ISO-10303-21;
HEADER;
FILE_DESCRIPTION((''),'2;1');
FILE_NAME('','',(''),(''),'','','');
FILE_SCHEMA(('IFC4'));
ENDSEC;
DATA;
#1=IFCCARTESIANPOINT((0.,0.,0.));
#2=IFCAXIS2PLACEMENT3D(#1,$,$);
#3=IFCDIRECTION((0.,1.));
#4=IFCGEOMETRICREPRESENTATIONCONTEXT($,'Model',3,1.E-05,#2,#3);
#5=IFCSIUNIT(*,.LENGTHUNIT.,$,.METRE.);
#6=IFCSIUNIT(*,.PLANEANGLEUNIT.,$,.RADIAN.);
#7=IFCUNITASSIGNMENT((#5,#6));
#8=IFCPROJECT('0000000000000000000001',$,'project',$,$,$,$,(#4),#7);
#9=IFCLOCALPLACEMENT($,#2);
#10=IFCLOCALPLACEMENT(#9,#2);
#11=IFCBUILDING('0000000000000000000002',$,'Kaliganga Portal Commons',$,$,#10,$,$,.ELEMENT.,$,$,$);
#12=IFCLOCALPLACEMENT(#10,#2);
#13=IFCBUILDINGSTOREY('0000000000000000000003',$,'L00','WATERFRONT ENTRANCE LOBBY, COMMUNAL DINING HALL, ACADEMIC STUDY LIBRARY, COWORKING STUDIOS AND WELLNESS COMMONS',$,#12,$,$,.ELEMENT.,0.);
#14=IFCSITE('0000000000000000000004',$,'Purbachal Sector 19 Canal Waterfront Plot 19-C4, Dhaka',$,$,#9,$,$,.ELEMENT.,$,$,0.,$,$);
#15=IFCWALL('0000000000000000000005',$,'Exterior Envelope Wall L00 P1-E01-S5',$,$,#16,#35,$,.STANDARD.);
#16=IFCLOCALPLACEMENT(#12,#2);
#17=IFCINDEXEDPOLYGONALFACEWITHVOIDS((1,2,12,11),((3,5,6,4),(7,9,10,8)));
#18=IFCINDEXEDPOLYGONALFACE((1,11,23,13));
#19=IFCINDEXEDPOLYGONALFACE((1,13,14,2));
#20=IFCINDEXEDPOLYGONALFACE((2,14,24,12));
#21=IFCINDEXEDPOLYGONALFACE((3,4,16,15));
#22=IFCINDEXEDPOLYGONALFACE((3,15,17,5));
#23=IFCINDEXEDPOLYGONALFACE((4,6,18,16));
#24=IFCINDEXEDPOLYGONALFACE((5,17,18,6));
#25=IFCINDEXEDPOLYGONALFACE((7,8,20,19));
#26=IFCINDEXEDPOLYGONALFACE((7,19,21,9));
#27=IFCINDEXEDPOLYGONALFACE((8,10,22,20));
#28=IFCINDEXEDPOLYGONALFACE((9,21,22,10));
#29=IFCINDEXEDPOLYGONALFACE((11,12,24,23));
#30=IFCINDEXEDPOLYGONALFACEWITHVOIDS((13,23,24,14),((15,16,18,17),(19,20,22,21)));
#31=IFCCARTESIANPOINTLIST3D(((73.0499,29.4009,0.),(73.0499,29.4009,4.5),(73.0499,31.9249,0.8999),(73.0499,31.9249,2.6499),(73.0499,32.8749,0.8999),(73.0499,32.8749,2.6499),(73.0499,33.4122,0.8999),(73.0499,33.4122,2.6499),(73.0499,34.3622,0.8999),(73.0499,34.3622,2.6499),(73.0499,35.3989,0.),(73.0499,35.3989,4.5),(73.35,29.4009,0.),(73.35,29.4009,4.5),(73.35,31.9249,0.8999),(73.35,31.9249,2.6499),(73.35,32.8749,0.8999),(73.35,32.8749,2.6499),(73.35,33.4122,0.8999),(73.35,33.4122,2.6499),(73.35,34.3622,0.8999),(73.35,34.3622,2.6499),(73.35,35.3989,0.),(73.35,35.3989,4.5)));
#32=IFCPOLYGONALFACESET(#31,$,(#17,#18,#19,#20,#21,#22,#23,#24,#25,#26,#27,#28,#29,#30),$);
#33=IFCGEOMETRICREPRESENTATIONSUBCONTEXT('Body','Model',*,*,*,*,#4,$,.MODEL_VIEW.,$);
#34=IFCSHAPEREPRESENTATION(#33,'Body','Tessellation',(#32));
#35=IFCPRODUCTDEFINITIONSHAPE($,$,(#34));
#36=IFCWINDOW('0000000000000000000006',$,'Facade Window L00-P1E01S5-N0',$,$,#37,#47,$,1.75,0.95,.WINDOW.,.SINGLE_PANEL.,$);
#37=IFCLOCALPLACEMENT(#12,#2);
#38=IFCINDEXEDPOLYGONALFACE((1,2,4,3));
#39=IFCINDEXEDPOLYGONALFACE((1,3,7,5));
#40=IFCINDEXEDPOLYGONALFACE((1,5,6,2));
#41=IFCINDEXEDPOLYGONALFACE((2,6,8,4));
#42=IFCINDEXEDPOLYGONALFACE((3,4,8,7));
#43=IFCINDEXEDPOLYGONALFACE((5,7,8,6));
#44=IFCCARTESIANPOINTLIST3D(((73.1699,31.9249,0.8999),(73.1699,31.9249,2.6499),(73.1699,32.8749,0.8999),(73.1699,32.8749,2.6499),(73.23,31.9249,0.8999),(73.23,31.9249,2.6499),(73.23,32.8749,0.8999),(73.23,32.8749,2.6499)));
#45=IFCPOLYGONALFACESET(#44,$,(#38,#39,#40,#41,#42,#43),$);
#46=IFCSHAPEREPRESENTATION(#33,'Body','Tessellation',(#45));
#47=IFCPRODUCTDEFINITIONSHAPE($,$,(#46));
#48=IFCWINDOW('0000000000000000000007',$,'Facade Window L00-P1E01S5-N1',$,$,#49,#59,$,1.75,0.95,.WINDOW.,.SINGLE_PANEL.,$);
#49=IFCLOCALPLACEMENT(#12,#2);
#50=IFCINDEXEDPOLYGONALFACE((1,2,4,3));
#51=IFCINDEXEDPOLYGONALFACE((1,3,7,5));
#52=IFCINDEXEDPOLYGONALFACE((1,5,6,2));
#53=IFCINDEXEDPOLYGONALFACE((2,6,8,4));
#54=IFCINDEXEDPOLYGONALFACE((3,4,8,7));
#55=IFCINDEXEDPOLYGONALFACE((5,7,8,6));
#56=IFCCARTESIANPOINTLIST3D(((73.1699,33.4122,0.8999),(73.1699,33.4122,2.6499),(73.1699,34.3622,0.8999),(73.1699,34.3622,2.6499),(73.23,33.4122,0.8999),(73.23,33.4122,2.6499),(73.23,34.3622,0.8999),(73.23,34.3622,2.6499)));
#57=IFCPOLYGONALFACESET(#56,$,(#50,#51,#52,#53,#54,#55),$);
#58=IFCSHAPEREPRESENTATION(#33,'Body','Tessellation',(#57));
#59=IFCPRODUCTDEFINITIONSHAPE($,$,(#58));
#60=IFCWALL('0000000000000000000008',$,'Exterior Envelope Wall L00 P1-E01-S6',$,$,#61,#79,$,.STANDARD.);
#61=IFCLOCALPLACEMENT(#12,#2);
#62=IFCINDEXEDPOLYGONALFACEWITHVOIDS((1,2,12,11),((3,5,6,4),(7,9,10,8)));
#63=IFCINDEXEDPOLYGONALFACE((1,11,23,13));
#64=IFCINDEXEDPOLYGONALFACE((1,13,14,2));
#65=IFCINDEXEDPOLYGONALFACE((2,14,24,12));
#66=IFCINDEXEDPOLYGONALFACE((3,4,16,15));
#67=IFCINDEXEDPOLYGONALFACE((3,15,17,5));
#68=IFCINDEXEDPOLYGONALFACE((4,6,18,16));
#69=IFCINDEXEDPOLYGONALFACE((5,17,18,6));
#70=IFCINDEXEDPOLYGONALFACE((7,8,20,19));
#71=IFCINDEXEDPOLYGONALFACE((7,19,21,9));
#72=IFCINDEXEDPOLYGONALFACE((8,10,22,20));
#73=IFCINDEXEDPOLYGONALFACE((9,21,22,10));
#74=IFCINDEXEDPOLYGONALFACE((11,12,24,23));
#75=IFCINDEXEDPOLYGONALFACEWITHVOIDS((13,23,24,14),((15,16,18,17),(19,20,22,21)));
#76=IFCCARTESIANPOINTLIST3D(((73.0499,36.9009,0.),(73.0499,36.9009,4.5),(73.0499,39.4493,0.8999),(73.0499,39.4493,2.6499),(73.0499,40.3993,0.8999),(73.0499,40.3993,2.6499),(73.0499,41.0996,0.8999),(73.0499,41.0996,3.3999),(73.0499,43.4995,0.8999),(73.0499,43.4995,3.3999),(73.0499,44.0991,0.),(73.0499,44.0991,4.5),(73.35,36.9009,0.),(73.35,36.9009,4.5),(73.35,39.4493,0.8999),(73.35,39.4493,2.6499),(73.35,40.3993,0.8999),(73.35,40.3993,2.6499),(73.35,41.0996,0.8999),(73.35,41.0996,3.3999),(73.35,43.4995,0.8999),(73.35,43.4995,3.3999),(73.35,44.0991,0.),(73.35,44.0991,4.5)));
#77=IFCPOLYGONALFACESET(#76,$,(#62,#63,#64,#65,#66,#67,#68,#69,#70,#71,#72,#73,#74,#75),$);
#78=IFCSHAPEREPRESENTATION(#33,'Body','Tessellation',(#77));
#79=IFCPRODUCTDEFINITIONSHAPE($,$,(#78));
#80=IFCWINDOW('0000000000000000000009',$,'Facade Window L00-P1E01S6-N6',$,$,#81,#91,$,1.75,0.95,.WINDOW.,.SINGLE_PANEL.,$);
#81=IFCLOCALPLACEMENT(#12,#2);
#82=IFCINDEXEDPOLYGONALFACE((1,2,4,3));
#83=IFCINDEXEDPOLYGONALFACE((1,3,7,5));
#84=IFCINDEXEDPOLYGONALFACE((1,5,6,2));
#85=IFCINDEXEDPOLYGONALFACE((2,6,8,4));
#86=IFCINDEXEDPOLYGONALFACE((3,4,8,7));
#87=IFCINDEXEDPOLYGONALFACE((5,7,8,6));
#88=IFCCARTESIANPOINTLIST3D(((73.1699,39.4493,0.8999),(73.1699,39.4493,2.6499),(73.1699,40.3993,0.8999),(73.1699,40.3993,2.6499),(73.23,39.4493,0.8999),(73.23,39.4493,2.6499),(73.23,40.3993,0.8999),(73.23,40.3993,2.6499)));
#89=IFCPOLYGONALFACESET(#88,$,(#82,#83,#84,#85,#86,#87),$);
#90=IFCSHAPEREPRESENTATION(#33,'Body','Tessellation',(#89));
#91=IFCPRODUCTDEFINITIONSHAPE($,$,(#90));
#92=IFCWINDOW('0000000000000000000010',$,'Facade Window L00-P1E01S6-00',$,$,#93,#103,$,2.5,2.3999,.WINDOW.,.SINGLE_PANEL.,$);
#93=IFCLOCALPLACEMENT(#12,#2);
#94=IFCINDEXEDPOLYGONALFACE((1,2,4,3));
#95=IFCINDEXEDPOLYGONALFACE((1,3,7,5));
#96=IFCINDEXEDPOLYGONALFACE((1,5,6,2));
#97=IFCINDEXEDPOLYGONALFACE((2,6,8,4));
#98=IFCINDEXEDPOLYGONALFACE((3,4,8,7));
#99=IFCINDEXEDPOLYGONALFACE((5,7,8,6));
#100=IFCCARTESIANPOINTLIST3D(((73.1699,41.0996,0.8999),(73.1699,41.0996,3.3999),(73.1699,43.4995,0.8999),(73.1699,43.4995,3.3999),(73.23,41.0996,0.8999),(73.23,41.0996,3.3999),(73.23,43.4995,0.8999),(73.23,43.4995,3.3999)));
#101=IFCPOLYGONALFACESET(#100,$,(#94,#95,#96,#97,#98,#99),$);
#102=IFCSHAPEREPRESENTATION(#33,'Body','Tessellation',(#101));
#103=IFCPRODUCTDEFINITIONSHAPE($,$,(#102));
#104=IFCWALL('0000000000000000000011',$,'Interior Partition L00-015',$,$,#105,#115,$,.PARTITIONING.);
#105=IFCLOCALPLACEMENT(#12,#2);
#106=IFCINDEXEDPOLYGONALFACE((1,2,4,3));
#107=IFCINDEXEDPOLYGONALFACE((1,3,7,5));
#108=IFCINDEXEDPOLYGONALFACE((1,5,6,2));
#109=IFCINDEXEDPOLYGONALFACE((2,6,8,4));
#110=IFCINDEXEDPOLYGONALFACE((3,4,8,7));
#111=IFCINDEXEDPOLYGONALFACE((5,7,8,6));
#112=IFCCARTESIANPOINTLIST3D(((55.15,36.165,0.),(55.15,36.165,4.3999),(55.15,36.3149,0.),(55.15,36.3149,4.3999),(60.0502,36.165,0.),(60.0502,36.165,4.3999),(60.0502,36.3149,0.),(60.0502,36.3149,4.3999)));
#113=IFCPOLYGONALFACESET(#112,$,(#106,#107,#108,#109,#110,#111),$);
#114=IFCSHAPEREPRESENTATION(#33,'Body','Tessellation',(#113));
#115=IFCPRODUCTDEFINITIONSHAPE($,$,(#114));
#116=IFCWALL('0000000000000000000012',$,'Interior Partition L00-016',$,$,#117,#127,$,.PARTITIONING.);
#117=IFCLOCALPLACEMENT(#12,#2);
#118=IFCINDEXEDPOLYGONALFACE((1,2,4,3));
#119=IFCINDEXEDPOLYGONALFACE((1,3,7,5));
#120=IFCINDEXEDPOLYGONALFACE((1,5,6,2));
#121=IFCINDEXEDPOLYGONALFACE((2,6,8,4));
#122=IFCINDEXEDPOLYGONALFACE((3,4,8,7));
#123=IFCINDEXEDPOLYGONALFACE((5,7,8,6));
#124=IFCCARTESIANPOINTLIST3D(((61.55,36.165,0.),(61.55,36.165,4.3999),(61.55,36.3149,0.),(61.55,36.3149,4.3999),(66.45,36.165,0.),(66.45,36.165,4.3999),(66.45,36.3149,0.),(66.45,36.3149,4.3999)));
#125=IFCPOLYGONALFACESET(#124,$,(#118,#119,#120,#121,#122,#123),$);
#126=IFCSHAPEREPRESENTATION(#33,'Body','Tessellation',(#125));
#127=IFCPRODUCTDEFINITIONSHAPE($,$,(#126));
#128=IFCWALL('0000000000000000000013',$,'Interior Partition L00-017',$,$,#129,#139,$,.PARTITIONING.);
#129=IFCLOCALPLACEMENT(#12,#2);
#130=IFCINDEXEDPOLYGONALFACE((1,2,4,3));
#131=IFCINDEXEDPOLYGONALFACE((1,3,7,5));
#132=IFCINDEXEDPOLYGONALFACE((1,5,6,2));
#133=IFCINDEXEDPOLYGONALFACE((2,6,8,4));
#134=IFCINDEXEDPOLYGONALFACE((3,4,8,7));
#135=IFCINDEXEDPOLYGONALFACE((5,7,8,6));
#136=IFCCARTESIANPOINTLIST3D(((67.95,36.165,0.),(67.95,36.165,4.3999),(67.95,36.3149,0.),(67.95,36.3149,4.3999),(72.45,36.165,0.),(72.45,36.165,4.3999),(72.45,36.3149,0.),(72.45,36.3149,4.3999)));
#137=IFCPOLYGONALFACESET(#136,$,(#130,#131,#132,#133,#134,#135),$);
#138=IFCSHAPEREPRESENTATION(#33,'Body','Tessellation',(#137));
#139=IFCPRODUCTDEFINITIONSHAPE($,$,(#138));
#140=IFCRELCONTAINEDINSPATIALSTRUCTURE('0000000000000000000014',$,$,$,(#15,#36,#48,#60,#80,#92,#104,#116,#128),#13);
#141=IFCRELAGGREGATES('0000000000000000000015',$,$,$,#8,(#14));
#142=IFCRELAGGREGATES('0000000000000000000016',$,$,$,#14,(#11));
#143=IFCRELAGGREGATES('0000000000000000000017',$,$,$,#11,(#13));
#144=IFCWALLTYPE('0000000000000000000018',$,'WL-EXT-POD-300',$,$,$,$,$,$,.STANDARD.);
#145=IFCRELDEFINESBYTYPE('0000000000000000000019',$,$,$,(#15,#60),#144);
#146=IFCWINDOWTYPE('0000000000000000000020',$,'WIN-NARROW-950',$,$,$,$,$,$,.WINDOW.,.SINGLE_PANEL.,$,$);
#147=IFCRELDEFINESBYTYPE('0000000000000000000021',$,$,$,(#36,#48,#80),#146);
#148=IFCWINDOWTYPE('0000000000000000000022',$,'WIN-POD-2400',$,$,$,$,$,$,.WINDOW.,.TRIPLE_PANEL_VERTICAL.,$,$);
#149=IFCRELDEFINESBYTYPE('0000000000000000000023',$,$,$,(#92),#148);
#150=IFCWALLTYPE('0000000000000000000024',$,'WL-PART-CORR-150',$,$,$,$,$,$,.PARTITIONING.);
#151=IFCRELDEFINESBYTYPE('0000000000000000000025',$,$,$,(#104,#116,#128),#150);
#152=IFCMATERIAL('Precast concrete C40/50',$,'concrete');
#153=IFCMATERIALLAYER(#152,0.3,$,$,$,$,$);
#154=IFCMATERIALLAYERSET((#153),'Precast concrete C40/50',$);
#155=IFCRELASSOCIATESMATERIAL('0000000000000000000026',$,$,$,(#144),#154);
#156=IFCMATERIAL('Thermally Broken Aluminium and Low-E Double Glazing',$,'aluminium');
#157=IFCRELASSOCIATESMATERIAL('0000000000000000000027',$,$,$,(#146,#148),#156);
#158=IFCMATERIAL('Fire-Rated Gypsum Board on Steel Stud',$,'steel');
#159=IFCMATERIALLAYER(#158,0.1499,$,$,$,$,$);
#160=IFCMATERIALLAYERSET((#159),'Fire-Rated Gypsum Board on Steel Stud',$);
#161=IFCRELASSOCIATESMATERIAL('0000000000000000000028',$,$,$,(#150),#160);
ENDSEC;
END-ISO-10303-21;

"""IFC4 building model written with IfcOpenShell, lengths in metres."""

from ifc_helpers import new_model, si_unit, direction, frame, frame_2d, origin, place, context, subcontext, project, spatial, rectangle, extrude, material, layer, layer_set, type_object, element, fill, save


model = new_model("IFC4")

# Units and contexts
model_context = context("Model", 3, precision=1e-05, world=origin(), true_north=direction((0.0, 1.0)))
body_context = subcontext(model_context, "Body", "Model", "MODEL_VIEW")
ifc_project = project(units=[si_unit("LENGTHUNIT", "METRE"), si_unit("PLANEANGLEUNIT", "RADIAN")], contexts=[model_context])

# Site, building, storey
site_placement = place(None, origin())
site = spatial("IfcSite", under=ifc_project, at=site_placement, Name="Purbachal Sector 19 Canal Waterfront Plot 19-C4, Dhaka", CompositionType="ELEMENT", RefElevation=0.0)
building_placement = place(site_placement, origin())
building = spatial("IfcBuilding", under=site, at=building_placement, Name="Kaliganga Portal Commons", CompositionType="ELEMENT")
storey_placement = place(building_placement, origin())
storey = spatial("IfcBuildingStorey", under=building, at=storey_placement, Name="L00", Description="WATERFRONT ENTRANCE LOBBY, COMMUNAL DINING HALL, ACADEMIC STUDY LIBRARY, COWORKING STUDIOS AND WELLNESS COMMONS", CompositionType="ELEMENT", Elevation=0.0)

# Walls, openings, windows
ifc_material_1 = material(Name="Precast concrete C40/50", Category="concrete")
ifc_layer_1 = layer(ifc_material_1, 0.3)
ifc_layer_set_1 = layer_set([ifc_layer_1], Name="Precast concrete C40/50")
wall_type_1 = type_object("IfcWallType", Name="WL-EXT-POD-300", PredefinedType="STANDARD", material=ifc_layer_set_1)
wall_1_placement = place(storey_placement, frame((73.2, 35.3989, 0.0), z_axis=(0.0, 0.0, 1.0), x_axis=(0.0, -1.0, 0.0)))
wall_1 = element("IfcWall", 1, at=wall_1_placement, inside=storey, type_object=wall_type_1, Name="Exterior Envelope Wall L00 P1-E01-S5", PredefinedType="STANDARD", context=body_context, shape_type="SweptSolid", body=[
    extrude(rectangle(XDim=5.998, YDim=0.3, at=frame_2d((2.999, 0.0))), origin(), (0.0, 0.0, 1.0), 4.5),
])
opening_1_placement = place(wall_1_placement, frame((2.5239, 0.0, 0.8999)))
opening_1 = element("IfcOpeningElement", 2, at=opening_1_placement, cuts=wall_1, PredefinedType="OPENING", context=body_context, shape_type="SweptSolid", body=[
    extrude(rectangle(XDim=0.95, YDim=1.75, at=frame_2d((0.4751, 0.875))), frame((0.0, 0.1602, 0.0), z_axis=(0.0, -1.0, 0.0), x_axis=(1.0, 0.0, 0.0)), (0.0, 0.0, 1.0), 0.3201),
])
opening_2_placement = place(wall_1_placement, frame((1.0366, 0.0, 0.8999)))
opening_2 = element("IfcOpeningElement", 3, at=opening_2_placement, cuts=wall_1, PredefinedType="OPENING", context=body_context, shape_type="SweptSolid", body=[
    extrude(rectangle(XDim=0.95, YDim=1.75, at=frame_2d((0.4751, 0.875))), frame((0.0, 0.1602, 0.0), z_axis=(0.0, -1.0, 0.0), x_axis=(1.0, 0.0, 0.0)), (0.0, 0.0, 1.0), 0.3201),
])
ifc_material_2 = material(Name="Thermally Broken Aluminium and Low-E Double Glazing", Category="aluminium")
window_type_1 = type_object("IfcWindowType", Name="WIN-NARROW-950", PartitioningType="SINGLE_PANEL", PredefinedType="WINDOW", material=ifc_material_2)
window_1_placement = place(opening_1_placement, origin())
window_1 = element("IfcWindow", 4, at=window_1_placement, inside=storey, type_object=window_type_1, Name="Facade Window L00-P1E01S5-N0", OverallHeight=1.75, OverallWidth=0.95, PartitioningType="SINGLE_PANEL", PredefinedType="WINDOW", context=body_context, shape_type="SweptSolid", body=[
    extrude(rectangle(XDim=0.95, YDim=1.75, at=frame_2d((0.4751, 0.875))), frame((0.0, 0.03, 0.0), z_axis=(0.0, -1.0, 0.0), x_axis=(1.0, 0.0, 0.0)), (0.0, 0.0, 1.0), 0.0601),
])
fill(opening_1, window_1)
window_2_placement = place(opening_2_placement, origin())
window_2 = element("IfcWindow", 5, at=window_2_placement, inside=storey, type_object=window_type_1, Name="Facade Window L00-P1E01S5-N1", OverallHeight=1.75, OverallWidth=0.95, PartitioningType="SINGLE_PANEL", PredefinedType="WINDOW", context=body_context, shape_type="SweptSolid", body=[
    extrude(rectangle(XDim=0.95, YDim=1.75, at=frame_2d((0.4751, 0.875))), frame((0.0, 0.03, 0.0), z_axis=(0.0, -1.0, 0.0), x_axis=(1.0, 0.0, 0.0)), (0.0, 0.0, 1.0), 0.0601),
])
fill(opening_2, window_2)
wall_2_placement = place(storey_placement, frame((73.2, 44.0991, 0.0), z_axis=(0.0, 0.0, 1.0), x_axis=(0.0, -1.0, 0.0)))
wall_2 = element("IfcWall", 6, at=wall_2_placement, inside=storey, type_object=wall_type_1, Name="Exterior Envelope Wall L00 P1-E01-S6", PredefinedType="STANDARD", context=body_context, shape_type="SweptSolid", body=[
    extrude(rectangle(XDim=7.1982, YDim=0.3, at=frame_2d((3.5991, 0.0))), origin(), (0.0, 0.0, 1.0), 4.5),
])
opening_3_placement = place(wall_2_placement, frame((0.5996, 0.0, 0.8999)))
opening_3 = element("IfcOpeningElement", 7, at=opening_3_placement, cuts=wall_2, PredefinedType="OPENING", context=body_context, shape_type="SweptSolid", body=[
    extrude(rectangle(XDim=2.3999, YDim=2.5, at=frame_2d((1.2, 1.25))), frame((0.0, 0.1602, 0.0), z_axis=(0.0, -1.0, 0.0), x_axis=(1.0, 0.0, 0.0)), (0.0, 0.0, 1.0), 0.3201),
])
opening_4_placement = place(wall_2_placement, frame((3.6997, 0.0, 0.8999)))
opening_4 = element("IfcOpeningElement", 8, at=opening_4_placement, cuts=wall_2, PredefinedType="OPENING", context=body_context, shape_type="SweptSolid", body=[
    extrude(rectangle(XDim=0.95, YDim=1.75, at=frame_2d((0.4751, 0.875))), frame((0.0, 0.1602, 0.0), z_axis=(0.0, -1.0, 0.0), x_axis=(1.0, 0.0, 0.0)), (0.0, 0.0, 1.0), 0.3201),
])
window_3_placement = place(opening_4_placement, origin())
window_3 = element("IfcWindow", 9, at=window_3_placement, inside=storey, type_object=window_type_1, Name="Facade Window L00-P1E01S6-N6", OverallHeight=1.75, OverallWidth=0.95, PartitioningType="SINGLE_PANEL", PredefinedType="WINDOW", context=body_context, shape_type="SweptSolid", body=[
    extrude(rectangle(XDim=0.95, YDim=1.75, at=frame_2d((0.4751, 0.875))), frame((0.0, 0.03, 0.0), z_axis=(0.0, -1.0, 0.0), x_axis=(1.0, 0.0, 0.0)), (0.0, 0.0, 1.0), 0.0601),
])
fill(opening_4, window_3)
window_type_2 = type_object("IfcWindowType", Name="WIN-POD-2400", PartitioningType="TRIPLE_PANEL_VERTICAL", PredefinedType="WINDOW", material=ifc_material_2)
window_4_placement = place(opening_3_placement, origin())
window_4 = element("IfcWindow", 10, at=window_4_placement, inside=storey, type_object=window_type_2, Name="Facade Window L00-P1E01S6-00", OverallHeight=2.5, OverallWidth=2.3999, PartitioningType="SINGLE_PANEL", PredefinedType="WINDOW", context=body_context, shape_type="SweptSolid", body=[
    extrude(rectangle(XDim=2.3999, YDim=2.5, at=frame_2d((1.2, 1.25))), frame((0.0, 0.03, 0.0), z_axis=(0.0, -1.0, 0.0), x_axis=(1.0, 0.0, 0.0)), (0.0, 0.0, 1.0), 0.0601),
])
fill(opening_3, window_4)

# Walls
ifc_material_3 = material(Name="Fire-Rated Gypsum Board on Steel Stud", Category="steel")
ifc_layer_2 = layer(ifc_material_3, 0.1499)
ifc_layer_set_2 = layer_set([ifc_layer_2], Name="Fire-Rated Gypsum Board on Steel Stud")
wall_type_2 = type_object("IfcWallType", Name="WL-PART-CORR-150", PredefinedType="PARTITIONING", material=ifc_layer_set_2)
wall_3_placement = place(storey_placement, frame((55.1499, 36.24, 0.0), z_axis=(0.0, 0.0, 1.0), x_axis=(1.0, 0.0, 0.0)))
element("IfcWall", 11, at=wall_3_placement, inside=storey, type_object=wall_type_2, Name="Interior Partition L00-015", PredefinedType="PARTITIONING", context=body_context, shape_type="SweptSolid", body=[
    extrude(rectangle(XDim=4.9001, YDim=0.1499, at=frame_2d((2.4502, 0.0))), origin(), (0.0, 0.0, 1.0), 4.3999),
])
wall_4_placement = place(storey_placement, frame((61.55, 36.24, 0.0), z_axis=(0.0, 0.0, 1.0), x_axis=(1.0, 0.0, 0.0)))
element("IfcWall", 12, at=wall_4_placement, inside=storey, type_object=wall_type_2, Name="Interior Partition L00-016", PredefinedType="PARTITIONING", context=body_context, shape_type="SweptSolid", body=[
    extrude(rectangle(XDim=4.8999, YDim=0.1499, at=frame_2d((2.45, 0.0))), origin(), (0.0, 0.0, 1.0), 4.3999),
])
wall_5_placement = place(storey_placement, frame((67.95, 36.24, 0.0), z_axis=(0.0, 0.0, 1.0), x_axis=(1.0, 0.0, 0.0)))
element("IfcWall", 13, at=wall_5_placement, inside=storey, type_object=wall_type_2, Name="Interior Partition L00-017", PredefinedType="PARTITIONING", context=body_context, shape_type="SweptSolid", body=[
    extrude(rectangle(XDim=4.5, YDim=0.1499, at=frame_2d((2.25, 0.0))), origin(), (0.0, 0.0, 1.0), 4.3999),
])

save(model, "model.ifc")
